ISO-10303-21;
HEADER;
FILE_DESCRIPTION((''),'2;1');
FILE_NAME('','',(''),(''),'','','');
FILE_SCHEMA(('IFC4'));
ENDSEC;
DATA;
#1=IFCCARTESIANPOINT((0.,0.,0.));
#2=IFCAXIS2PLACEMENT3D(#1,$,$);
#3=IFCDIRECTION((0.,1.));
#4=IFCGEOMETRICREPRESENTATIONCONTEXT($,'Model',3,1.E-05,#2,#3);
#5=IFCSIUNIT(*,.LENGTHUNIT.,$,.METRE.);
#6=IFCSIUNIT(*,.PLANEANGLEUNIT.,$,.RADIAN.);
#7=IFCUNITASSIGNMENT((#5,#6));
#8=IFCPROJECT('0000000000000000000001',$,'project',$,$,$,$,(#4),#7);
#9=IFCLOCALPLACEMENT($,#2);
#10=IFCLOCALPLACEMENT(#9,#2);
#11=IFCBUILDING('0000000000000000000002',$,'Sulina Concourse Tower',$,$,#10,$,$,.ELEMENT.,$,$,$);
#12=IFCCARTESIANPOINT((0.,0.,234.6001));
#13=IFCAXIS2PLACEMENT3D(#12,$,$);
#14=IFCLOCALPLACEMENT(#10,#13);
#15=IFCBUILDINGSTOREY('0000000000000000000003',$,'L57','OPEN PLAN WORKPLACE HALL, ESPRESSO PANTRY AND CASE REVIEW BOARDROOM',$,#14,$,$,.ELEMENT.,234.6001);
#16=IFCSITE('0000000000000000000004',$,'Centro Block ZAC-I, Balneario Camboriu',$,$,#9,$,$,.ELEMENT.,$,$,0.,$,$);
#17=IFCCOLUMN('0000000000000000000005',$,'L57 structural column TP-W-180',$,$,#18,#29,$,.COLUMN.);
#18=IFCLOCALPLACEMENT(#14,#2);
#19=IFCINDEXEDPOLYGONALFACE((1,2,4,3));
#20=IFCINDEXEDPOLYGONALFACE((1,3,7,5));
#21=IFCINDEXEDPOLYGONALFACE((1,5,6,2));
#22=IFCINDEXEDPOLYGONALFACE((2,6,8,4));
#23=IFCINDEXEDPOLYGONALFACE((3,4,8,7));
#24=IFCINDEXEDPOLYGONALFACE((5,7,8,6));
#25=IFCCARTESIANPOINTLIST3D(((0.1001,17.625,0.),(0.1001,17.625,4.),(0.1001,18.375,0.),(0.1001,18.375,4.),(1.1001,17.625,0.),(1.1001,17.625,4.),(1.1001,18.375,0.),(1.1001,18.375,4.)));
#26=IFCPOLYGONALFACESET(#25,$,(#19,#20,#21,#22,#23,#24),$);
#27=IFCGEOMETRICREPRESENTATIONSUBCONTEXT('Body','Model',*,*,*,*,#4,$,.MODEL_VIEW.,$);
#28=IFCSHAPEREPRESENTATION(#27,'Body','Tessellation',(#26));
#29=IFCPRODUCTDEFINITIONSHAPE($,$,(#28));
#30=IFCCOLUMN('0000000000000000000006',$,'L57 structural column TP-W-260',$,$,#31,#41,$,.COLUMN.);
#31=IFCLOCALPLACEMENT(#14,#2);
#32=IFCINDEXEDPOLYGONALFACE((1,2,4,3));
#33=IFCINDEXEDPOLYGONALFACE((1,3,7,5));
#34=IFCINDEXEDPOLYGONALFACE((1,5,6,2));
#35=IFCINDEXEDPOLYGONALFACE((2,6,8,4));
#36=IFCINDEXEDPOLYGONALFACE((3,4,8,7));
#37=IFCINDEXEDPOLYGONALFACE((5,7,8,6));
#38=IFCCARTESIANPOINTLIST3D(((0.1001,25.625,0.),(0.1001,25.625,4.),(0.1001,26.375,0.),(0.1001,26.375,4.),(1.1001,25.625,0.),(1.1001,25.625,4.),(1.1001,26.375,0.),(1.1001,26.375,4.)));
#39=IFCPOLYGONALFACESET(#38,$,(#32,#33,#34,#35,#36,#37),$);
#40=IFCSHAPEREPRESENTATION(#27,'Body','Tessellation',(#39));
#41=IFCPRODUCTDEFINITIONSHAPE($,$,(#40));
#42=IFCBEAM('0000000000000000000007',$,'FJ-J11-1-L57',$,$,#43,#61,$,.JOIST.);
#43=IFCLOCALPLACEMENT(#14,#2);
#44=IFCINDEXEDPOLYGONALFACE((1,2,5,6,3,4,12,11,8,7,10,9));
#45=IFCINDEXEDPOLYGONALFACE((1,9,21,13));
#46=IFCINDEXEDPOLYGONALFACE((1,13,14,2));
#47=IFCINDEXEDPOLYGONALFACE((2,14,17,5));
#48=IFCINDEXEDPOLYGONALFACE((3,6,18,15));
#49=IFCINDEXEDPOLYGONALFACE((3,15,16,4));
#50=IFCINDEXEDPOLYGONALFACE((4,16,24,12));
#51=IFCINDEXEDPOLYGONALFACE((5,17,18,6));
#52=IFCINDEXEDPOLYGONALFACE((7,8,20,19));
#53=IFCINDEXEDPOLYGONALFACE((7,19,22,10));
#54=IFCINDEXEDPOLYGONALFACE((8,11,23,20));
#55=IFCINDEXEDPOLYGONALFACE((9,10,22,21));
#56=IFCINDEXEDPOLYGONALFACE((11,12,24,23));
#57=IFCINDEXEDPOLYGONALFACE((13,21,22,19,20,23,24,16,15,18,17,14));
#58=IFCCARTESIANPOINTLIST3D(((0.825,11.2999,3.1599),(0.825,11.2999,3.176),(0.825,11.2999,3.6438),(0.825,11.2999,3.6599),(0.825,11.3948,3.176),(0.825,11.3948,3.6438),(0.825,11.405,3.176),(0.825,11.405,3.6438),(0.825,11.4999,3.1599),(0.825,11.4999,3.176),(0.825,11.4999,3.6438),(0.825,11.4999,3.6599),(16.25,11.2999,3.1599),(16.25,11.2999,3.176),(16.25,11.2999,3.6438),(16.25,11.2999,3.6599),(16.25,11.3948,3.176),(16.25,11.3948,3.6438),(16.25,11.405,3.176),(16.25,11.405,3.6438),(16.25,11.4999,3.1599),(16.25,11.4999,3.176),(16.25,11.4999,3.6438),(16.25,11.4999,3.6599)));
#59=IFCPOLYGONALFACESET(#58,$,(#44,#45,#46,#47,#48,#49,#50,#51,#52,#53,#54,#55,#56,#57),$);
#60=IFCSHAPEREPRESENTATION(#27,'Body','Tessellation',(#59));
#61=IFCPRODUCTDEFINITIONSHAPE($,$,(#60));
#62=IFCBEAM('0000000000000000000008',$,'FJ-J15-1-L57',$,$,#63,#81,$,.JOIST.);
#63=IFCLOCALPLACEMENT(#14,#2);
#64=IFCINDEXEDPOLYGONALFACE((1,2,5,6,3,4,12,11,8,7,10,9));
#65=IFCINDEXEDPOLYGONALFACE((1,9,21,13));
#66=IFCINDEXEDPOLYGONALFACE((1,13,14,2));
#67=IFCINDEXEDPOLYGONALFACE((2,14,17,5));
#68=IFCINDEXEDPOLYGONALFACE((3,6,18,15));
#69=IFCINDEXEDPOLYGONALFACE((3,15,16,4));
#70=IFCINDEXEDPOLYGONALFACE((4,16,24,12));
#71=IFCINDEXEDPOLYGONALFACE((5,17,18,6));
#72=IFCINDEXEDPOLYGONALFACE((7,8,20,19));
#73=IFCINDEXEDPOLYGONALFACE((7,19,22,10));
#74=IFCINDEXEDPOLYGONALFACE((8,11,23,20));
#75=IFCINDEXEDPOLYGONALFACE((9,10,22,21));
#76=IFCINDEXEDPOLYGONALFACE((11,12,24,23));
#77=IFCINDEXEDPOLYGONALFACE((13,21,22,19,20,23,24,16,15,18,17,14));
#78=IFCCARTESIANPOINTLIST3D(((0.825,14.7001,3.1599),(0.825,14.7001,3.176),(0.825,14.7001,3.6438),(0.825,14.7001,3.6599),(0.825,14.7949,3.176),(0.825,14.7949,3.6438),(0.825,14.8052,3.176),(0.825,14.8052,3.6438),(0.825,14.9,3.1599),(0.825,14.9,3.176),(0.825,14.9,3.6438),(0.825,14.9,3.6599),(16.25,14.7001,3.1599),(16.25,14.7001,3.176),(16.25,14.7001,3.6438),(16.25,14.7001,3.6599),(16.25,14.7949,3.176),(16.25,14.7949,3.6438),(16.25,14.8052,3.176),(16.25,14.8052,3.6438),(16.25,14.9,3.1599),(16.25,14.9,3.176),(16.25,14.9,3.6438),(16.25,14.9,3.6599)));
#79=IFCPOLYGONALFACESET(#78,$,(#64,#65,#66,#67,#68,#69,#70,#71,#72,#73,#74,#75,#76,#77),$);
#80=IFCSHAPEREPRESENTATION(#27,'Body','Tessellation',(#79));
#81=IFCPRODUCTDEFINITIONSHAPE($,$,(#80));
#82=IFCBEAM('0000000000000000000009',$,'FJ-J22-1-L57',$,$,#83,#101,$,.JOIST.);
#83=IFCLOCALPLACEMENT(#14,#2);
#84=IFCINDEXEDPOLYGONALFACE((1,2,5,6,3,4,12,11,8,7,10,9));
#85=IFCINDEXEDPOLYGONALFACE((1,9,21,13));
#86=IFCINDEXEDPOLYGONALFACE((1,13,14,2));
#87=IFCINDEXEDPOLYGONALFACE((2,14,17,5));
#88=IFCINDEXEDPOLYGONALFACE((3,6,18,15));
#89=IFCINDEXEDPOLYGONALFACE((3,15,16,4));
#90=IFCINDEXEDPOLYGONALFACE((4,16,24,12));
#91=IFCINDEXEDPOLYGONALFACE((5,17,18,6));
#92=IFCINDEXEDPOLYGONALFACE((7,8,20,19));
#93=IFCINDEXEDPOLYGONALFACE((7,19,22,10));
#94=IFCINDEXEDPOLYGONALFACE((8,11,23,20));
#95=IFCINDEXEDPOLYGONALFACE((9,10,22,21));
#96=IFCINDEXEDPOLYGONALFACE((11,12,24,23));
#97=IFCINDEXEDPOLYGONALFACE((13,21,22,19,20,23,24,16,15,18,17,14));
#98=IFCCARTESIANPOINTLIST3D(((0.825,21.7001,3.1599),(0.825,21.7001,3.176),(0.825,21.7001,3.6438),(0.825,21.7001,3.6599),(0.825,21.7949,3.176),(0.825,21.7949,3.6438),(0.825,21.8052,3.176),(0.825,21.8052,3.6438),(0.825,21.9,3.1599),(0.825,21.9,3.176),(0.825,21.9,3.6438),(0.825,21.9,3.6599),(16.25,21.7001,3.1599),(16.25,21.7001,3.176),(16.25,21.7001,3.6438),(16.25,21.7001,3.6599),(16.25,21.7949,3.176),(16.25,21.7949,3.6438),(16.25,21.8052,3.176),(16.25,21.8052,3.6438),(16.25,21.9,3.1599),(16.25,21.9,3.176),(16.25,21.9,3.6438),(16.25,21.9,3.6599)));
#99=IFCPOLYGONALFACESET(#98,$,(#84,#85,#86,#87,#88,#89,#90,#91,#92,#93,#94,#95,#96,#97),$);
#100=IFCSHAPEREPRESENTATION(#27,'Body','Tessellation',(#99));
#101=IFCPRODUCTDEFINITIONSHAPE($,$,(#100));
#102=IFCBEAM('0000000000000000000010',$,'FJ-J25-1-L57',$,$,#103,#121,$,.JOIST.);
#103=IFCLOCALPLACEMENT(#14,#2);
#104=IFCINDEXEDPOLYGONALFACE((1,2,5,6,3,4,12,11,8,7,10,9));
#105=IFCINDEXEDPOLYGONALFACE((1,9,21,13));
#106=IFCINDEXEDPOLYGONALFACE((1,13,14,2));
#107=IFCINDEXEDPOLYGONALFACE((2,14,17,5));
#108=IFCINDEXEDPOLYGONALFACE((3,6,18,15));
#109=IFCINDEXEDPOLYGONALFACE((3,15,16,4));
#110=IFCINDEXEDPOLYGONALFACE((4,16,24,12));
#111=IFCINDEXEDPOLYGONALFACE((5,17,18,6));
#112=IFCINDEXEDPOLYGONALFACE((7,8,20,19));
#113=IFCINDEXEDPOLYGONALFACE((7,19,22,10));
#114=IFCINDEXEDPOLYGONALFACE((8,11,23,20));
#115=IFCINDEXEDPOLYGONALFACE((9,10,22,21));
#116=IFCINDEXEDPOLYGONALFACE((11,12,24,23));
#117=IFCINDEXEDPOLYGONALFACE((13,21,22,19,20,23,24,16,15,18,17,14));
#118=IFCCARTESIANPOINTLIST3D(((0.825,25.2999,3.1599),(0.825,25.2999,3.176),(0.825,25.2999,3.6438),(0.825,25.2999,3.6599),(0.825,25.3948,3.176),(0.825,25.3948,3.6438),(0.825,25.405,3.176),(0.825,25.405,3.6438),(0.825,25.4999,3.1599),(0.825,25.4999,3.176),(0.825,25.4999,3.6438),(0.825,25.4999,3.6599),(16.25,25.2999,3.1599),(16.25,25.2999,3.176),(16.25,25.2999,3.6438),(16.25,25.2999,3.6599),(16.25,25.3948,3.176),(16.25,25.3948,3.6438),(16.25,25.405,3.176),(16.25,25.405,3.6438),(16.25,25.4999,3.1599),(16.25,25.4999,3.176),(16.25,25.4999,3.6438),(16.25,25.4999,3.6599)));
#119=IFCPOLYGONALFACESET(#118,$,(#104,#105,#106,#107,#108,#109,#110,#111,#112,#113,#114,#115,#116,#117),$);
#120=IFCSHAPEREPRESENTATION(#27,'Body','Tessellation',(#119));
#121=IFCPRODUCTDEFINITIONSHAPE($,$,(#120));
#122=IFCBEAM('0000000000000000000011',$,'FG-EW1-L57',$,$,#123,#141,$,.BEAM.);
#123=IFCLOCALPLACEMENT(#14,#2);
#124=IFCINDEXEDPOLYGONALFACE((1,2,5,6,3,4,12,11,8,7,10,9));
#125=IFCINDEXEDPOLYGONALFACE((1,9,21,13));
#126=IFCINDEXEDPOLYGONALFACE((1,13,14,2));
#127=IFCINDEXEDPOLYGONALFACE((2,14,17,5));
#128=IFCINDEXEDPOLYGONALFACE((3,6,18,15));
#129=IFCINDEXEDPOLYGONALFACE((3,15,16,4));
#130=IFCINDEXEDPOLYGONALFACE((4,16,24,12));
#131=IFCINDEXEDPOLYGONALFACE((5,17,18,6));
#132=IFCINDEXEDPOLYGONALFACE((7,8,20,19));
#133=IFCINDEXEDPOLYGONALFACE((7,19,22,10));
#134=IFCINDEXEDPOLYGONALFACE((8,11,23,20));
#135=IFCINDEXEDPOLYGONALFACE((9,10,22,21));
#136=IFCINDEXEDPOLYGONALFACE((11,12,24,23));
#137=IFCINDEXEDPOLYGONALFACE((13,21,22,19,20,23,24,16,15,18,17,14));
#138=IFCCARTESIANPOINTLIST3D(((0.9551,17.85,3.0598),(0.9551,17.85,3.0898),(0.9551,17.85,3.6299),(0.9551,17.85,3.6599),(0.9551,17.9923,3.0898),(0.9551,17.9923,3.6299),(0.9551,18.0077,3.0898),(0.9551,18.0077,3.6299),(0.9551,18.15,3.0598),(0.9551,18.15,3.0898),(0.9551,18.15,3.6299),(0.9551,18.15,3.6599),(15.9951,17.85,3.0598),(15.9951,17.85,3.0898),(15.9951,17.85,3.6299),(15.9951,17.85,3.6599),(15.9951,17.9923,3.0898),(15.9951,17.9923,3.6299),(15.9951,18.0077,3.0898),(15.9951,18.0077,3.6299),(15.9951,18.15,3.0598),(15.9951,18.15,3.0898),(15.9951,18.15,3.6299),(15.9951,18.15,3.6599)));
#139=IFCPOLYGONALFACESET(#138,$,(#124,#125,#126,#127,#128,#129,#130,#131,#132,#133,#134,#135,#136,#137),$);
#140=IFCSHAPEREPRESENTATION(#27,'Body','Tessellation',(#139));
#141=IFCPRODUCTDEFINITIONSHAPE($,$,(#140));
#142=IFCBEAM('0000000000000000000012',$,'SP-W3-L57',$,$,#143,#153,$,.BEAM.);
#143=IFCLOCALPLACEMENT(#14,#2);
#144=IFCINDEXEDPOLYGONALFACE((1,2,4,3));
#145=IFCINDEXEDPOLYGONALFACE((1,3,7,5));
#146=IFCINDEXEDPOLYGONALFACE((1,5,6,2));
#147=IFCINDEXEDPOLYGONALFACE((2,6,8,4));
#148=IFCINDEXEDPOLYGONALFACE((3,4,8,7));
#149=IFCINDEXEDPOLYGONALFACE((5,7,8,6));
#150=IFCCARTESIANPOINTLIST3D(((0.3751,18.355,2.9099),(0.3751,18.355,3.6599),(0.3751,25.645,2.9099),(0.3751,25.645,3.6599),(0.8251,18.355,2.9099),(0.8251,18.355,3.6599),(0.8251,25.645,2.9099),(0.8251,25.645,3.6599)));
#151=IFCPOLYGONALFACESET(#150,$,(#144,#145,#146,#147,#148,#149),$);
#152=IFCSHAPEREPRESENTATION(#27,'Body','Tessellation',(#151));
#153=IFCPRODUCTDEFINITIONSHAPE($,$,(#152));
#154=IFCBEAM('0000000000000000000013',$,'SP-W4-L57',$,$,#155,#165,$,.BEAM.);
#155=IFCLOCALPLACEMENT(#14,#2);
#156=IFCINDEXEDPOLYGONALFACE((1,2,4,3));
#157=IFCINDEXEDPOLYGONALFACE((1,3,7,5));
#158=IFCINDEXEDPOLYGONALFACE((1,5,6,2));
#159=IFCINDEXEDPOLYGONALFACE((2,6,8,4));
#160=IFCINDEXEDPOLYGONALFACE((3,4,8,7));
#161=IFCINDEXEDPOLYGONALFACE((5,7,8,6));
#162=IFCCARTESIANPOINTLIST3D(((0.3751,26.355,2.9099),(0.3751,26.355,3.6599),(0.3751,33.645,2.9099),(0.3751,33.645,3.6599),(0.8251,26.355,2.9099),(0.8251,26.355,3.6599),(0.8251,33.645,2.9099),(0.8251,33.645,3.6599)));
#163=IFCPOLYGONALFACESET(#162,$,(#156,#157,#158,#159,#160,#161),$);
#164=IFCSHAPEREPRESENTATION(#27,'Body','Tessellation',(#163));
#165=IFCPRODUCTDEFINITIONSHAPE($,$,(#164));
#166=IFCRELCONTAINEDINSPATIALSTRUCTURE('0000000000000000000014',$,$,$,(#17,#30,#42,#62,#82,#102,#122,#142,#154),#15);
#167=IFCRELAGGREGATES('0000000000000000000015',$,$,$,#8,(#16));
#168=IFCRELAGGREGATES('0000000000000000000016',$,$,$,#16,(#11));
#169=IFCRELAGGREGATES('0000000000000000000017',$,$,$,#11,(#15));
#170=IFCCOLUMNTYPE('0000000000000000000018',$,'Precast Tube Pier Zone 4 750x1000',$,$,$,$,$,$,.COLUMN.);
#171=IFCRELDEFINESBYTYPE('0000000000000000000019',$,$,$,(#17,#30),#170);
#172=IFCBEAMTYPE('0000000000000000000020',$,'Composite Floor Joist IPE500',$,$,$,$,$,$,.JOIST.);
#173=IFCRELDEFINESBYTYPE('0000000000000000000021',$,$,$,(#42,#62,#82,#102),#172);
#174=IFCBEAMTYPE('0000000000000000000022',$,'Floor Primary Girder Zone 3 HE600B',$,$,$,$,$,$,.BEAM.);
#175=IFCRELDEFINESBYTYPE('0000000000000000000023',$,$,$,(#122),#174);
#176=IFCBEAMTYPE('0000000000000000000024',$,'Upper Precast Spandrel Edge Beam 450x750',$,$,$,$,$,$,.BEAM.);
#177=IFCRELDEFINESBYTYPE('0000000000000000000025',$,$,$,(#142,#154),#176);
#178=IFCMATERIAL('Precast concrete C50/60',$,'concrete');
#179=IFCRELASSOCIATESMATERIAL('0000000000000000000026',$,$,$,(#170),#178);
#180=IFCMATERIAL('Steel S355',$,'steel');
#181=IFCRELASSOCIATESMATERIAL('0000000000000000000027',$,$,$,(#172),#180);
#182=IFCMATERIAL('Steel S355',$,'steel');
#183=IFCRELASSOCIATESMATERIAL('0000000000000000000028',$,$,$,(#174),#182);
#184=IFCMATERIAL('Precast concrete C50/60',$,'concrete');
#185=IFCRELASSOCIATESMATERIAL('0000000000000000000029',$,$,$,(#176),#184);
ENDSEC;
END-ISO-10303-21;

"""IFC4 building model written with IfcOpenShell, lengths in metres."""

from ifc_helpers import new_model, si_unit, direction, frame, origin, origin_2d, place, context, subcontext, project, spatial, rectangle, i_section, extrude, material, material_profile, profile_set, type_object, element, save


model = new_model("IFC4")

# Units and contexts
model_context = context("Model", 3, precision=1e-05, world=origin(), true_north=direction((0.0, 1.0)))
body_context = subcontext(model_context, "Body", "Model", "MODEL_VIEW")
ifc_project = project(units=[si_unit("LENGTHUNIT", "METRE"), si_unit("PLANEANGLEUNIT", "RADIAN")], contexts=[model_context])

# Site, building, storey
site_placement = place(None, origin())
site = spatial("IfcSite", under=ifc_project, at=site_placement, Name="Centro Block ZAC-I, Balneario Camboriu", CompositionType="ELEMENT", RefElevation=0.0)
building_placement = place(site_placement, origin())
building = spatial("IfcBuilding", under=site, at=building_placement, Name="Sulina Concourse Tower", CompositionType="ELEMENT")
storey_placement = place(building_placement, frame((0.0, 0.0, 234.6001)))
storey = spatial("IfcBuildingStorey", under=building, at=storey_placement, Name="L57", Description="OPEN PLAN WORKPLACE HALL, ESPRESSO PANTRY AND CASE REVIEW BOARDROOM", CompositionType="ELEMENT", Elevation=234.6001)

# Columns
ifc_material_1 = material(Name="Precast concrete C50/60", Category="concrete")
ifc_material_profile_1 = material_profile(ifc_material_1, rectangle(XDim=0.75, YDim=1.0, at=origin_2d()), Name="PC 750x1000")
ifc_profile_set_1 = profile_set([ifc_material_profile_1], Name="Precast concrete C50/60")
column_type = type_object("IfcColumnType", Name="Precast Tube Pier Zone 4 750x1000", PredefinedType="COLUMN", material=ifc_profile_set_1)
for number, where, z_axis, x_axis, name in (
    (1, (0.6001, 18.0, 0.0), (0.0, 0.0, 1.0), (0.0, 1.0, 0.0), "L57 structural column TP-W-180"),
    (2, (0.6001, 26.0, 0.0), (0.0, 0.0, 1.0), (0.0, 1.0, 0.0), "L57 structural column TP-W-260"),
):
    element("IfcColumn", number, at=place(storey_placement, frame(where, z_axis=z_axis, x_axis=x_axis)), inside=storey, type_object=column_type, Name=name, PredefinedType="COLUMN", context=body_context, shape_type="SweptSolid", body=[
        extrude(rectangle(XDim=0.75, YDim=1.0, at=origin_2d()), origin(), (0.0, 0.0, 1.0), 4.0),
    ])

# Beams
ifc_material_2 = material(Name="Steel S355", Category="steel")
ifc_material_profile_2 = material_profile(ifc_material_2, i_section(OverallWidth=0.2, OverallDepth=0.5, WebThickness=0.0103, FlangeThickness=0.0161, at=origin_2d()), Name="IPE 500")
ifc_profile_set_2 = profile_set([ifc_material_profile_2], Name="Steel S355")
beam_type_1 = type_object("IfcBeamType", Name="Composite Floor Joist IPE500", PredefinedType="JOIST", material=ifc_profile_set_2)
for number, where, z_axis, x_axis, name in (
    (3, (0.825, 11.3999, 3.4099), (1.0, 0.0, 0.0), (0.0, 1.0, 0.0), "FJ-J11-1-L57"),
    (4, (0.825, 14.8, 3.4099), (1.0, 0.0, 0.0), (0.0, 1.0, 0.0), "FJ-J15-1-L57"),
    (5, (0.825, 21.8, 3.4099), (1.0, 0.0, 0.0), (0.0, 1.0, 0.0), "FJ-J22-1-L57"),
    (6, (0.825, 25.3999, 3.4099), (1.0, 0.0, 0.0), (0.0, 1.0, 0.0), "FJ-J25-1-L57"),
):
    element("IfcBeam", number, at=place(storey_placement, frame(where, z_axis=z_axis, x_axis=x_axis)), inside=storey, type_object=beam_type_1, Name=name, PredefinedType="JOIST", context=body_context, shape_type="SweptSolid", body=[
        extrude(i_section(OverallWidth=0.2, OverallDepth=0.5, WebThickness=0.0103, FlangeThickness=0.0161, at=origin_2d()), origin(), (0.0, 0.0, 1.0), 15.425),
    ])
ifc_material_3 = material(Name="Steel S355", Category="steel")
ifc_material_profile_3 = material_profile(ifc_material_3, i_section(OverallWidth=0.3, OverallDepth=0.6001, WebThickness=0.0154, FlangeThickness=0.03, at=origin_2d()), Name="HE 600 B")
ifc_profile_set_3 = profile_set([ifc_material_profile_3], Name="Steel S355")
beam_type_2 = type_object("IfcBeamType", Name="Floor Primary Girder Zone 3 HE600B", PredefinedType="BEAM", material=ifc_profile_set_3)
beam_placement = place(storey_placement, frame((0.9551, 18.0, 3.3599), z_axis=(1.0, 0.0, 0.0), x_axis=(0.0, 1.0, 0.0)))
element("IfcBeam", 7, at=beam_placement, inside=storey, type_object=beam_type_2, Name="FG-EW1-L57", PredefinedType="BEAM", context=body_context, shape_type="SweptSolid", body=[
    extrude(i_section(OverallWidth=0.3, OverallDepth=0.6001, WebThickness=0.0154, FlangeThickness=0.03, at=origin_2d()), origin(), (0.0, 0.0, 1.0), 15.04),
])
ifc_material_4 = material(Name="Precast concrete C50/60", Category="concrete")
ifc_material_profile_4 = material_profile(ifc_material_4, rectangle(XDim=0.45, YDim=0.75, at=origin_2d()), Name="RC 450x750")
ifc_profile_set_4 = profile_set([ifc_material_profile_4], Name="Precast concrete C50/60")
beam_type_3 = type_object("IfcBeamType", Name="Upper Precast Spandrel Edge Beam 450x750", PredefinedType="BEAM", material=ifc_profile_set_4)
for number, where, z_axis, x_axis, name in (
    (8, (0.6001, 18.355, 3.2849), (0.0, 1.0, 0.0), (-1.0, 0.0, 0.0), "SP-W3-L57"),
    (9, (0.6001, 26.355, 3.2849), (0.0, 1.0, 0.0), (-1.0, 0.0, 0.0), "SP-W4-L57"),
):
    element("IfcBeam", number, at=place(storey_placement, frame(where, z_axis=z_axis, x_axis=x_axis)), inside=storey, type_object=beam_type_3, Name=name, PredefinedType="BEAM", context=body_context, shape_type="SweptSolid", body=[
        extrude(rectangle(XDim=0.45, YDim=0.75, at=origin_2d()), origin(), (0.0, 0.0, 1.0), 7.29),
    ])

save(model, "model.ifc")
